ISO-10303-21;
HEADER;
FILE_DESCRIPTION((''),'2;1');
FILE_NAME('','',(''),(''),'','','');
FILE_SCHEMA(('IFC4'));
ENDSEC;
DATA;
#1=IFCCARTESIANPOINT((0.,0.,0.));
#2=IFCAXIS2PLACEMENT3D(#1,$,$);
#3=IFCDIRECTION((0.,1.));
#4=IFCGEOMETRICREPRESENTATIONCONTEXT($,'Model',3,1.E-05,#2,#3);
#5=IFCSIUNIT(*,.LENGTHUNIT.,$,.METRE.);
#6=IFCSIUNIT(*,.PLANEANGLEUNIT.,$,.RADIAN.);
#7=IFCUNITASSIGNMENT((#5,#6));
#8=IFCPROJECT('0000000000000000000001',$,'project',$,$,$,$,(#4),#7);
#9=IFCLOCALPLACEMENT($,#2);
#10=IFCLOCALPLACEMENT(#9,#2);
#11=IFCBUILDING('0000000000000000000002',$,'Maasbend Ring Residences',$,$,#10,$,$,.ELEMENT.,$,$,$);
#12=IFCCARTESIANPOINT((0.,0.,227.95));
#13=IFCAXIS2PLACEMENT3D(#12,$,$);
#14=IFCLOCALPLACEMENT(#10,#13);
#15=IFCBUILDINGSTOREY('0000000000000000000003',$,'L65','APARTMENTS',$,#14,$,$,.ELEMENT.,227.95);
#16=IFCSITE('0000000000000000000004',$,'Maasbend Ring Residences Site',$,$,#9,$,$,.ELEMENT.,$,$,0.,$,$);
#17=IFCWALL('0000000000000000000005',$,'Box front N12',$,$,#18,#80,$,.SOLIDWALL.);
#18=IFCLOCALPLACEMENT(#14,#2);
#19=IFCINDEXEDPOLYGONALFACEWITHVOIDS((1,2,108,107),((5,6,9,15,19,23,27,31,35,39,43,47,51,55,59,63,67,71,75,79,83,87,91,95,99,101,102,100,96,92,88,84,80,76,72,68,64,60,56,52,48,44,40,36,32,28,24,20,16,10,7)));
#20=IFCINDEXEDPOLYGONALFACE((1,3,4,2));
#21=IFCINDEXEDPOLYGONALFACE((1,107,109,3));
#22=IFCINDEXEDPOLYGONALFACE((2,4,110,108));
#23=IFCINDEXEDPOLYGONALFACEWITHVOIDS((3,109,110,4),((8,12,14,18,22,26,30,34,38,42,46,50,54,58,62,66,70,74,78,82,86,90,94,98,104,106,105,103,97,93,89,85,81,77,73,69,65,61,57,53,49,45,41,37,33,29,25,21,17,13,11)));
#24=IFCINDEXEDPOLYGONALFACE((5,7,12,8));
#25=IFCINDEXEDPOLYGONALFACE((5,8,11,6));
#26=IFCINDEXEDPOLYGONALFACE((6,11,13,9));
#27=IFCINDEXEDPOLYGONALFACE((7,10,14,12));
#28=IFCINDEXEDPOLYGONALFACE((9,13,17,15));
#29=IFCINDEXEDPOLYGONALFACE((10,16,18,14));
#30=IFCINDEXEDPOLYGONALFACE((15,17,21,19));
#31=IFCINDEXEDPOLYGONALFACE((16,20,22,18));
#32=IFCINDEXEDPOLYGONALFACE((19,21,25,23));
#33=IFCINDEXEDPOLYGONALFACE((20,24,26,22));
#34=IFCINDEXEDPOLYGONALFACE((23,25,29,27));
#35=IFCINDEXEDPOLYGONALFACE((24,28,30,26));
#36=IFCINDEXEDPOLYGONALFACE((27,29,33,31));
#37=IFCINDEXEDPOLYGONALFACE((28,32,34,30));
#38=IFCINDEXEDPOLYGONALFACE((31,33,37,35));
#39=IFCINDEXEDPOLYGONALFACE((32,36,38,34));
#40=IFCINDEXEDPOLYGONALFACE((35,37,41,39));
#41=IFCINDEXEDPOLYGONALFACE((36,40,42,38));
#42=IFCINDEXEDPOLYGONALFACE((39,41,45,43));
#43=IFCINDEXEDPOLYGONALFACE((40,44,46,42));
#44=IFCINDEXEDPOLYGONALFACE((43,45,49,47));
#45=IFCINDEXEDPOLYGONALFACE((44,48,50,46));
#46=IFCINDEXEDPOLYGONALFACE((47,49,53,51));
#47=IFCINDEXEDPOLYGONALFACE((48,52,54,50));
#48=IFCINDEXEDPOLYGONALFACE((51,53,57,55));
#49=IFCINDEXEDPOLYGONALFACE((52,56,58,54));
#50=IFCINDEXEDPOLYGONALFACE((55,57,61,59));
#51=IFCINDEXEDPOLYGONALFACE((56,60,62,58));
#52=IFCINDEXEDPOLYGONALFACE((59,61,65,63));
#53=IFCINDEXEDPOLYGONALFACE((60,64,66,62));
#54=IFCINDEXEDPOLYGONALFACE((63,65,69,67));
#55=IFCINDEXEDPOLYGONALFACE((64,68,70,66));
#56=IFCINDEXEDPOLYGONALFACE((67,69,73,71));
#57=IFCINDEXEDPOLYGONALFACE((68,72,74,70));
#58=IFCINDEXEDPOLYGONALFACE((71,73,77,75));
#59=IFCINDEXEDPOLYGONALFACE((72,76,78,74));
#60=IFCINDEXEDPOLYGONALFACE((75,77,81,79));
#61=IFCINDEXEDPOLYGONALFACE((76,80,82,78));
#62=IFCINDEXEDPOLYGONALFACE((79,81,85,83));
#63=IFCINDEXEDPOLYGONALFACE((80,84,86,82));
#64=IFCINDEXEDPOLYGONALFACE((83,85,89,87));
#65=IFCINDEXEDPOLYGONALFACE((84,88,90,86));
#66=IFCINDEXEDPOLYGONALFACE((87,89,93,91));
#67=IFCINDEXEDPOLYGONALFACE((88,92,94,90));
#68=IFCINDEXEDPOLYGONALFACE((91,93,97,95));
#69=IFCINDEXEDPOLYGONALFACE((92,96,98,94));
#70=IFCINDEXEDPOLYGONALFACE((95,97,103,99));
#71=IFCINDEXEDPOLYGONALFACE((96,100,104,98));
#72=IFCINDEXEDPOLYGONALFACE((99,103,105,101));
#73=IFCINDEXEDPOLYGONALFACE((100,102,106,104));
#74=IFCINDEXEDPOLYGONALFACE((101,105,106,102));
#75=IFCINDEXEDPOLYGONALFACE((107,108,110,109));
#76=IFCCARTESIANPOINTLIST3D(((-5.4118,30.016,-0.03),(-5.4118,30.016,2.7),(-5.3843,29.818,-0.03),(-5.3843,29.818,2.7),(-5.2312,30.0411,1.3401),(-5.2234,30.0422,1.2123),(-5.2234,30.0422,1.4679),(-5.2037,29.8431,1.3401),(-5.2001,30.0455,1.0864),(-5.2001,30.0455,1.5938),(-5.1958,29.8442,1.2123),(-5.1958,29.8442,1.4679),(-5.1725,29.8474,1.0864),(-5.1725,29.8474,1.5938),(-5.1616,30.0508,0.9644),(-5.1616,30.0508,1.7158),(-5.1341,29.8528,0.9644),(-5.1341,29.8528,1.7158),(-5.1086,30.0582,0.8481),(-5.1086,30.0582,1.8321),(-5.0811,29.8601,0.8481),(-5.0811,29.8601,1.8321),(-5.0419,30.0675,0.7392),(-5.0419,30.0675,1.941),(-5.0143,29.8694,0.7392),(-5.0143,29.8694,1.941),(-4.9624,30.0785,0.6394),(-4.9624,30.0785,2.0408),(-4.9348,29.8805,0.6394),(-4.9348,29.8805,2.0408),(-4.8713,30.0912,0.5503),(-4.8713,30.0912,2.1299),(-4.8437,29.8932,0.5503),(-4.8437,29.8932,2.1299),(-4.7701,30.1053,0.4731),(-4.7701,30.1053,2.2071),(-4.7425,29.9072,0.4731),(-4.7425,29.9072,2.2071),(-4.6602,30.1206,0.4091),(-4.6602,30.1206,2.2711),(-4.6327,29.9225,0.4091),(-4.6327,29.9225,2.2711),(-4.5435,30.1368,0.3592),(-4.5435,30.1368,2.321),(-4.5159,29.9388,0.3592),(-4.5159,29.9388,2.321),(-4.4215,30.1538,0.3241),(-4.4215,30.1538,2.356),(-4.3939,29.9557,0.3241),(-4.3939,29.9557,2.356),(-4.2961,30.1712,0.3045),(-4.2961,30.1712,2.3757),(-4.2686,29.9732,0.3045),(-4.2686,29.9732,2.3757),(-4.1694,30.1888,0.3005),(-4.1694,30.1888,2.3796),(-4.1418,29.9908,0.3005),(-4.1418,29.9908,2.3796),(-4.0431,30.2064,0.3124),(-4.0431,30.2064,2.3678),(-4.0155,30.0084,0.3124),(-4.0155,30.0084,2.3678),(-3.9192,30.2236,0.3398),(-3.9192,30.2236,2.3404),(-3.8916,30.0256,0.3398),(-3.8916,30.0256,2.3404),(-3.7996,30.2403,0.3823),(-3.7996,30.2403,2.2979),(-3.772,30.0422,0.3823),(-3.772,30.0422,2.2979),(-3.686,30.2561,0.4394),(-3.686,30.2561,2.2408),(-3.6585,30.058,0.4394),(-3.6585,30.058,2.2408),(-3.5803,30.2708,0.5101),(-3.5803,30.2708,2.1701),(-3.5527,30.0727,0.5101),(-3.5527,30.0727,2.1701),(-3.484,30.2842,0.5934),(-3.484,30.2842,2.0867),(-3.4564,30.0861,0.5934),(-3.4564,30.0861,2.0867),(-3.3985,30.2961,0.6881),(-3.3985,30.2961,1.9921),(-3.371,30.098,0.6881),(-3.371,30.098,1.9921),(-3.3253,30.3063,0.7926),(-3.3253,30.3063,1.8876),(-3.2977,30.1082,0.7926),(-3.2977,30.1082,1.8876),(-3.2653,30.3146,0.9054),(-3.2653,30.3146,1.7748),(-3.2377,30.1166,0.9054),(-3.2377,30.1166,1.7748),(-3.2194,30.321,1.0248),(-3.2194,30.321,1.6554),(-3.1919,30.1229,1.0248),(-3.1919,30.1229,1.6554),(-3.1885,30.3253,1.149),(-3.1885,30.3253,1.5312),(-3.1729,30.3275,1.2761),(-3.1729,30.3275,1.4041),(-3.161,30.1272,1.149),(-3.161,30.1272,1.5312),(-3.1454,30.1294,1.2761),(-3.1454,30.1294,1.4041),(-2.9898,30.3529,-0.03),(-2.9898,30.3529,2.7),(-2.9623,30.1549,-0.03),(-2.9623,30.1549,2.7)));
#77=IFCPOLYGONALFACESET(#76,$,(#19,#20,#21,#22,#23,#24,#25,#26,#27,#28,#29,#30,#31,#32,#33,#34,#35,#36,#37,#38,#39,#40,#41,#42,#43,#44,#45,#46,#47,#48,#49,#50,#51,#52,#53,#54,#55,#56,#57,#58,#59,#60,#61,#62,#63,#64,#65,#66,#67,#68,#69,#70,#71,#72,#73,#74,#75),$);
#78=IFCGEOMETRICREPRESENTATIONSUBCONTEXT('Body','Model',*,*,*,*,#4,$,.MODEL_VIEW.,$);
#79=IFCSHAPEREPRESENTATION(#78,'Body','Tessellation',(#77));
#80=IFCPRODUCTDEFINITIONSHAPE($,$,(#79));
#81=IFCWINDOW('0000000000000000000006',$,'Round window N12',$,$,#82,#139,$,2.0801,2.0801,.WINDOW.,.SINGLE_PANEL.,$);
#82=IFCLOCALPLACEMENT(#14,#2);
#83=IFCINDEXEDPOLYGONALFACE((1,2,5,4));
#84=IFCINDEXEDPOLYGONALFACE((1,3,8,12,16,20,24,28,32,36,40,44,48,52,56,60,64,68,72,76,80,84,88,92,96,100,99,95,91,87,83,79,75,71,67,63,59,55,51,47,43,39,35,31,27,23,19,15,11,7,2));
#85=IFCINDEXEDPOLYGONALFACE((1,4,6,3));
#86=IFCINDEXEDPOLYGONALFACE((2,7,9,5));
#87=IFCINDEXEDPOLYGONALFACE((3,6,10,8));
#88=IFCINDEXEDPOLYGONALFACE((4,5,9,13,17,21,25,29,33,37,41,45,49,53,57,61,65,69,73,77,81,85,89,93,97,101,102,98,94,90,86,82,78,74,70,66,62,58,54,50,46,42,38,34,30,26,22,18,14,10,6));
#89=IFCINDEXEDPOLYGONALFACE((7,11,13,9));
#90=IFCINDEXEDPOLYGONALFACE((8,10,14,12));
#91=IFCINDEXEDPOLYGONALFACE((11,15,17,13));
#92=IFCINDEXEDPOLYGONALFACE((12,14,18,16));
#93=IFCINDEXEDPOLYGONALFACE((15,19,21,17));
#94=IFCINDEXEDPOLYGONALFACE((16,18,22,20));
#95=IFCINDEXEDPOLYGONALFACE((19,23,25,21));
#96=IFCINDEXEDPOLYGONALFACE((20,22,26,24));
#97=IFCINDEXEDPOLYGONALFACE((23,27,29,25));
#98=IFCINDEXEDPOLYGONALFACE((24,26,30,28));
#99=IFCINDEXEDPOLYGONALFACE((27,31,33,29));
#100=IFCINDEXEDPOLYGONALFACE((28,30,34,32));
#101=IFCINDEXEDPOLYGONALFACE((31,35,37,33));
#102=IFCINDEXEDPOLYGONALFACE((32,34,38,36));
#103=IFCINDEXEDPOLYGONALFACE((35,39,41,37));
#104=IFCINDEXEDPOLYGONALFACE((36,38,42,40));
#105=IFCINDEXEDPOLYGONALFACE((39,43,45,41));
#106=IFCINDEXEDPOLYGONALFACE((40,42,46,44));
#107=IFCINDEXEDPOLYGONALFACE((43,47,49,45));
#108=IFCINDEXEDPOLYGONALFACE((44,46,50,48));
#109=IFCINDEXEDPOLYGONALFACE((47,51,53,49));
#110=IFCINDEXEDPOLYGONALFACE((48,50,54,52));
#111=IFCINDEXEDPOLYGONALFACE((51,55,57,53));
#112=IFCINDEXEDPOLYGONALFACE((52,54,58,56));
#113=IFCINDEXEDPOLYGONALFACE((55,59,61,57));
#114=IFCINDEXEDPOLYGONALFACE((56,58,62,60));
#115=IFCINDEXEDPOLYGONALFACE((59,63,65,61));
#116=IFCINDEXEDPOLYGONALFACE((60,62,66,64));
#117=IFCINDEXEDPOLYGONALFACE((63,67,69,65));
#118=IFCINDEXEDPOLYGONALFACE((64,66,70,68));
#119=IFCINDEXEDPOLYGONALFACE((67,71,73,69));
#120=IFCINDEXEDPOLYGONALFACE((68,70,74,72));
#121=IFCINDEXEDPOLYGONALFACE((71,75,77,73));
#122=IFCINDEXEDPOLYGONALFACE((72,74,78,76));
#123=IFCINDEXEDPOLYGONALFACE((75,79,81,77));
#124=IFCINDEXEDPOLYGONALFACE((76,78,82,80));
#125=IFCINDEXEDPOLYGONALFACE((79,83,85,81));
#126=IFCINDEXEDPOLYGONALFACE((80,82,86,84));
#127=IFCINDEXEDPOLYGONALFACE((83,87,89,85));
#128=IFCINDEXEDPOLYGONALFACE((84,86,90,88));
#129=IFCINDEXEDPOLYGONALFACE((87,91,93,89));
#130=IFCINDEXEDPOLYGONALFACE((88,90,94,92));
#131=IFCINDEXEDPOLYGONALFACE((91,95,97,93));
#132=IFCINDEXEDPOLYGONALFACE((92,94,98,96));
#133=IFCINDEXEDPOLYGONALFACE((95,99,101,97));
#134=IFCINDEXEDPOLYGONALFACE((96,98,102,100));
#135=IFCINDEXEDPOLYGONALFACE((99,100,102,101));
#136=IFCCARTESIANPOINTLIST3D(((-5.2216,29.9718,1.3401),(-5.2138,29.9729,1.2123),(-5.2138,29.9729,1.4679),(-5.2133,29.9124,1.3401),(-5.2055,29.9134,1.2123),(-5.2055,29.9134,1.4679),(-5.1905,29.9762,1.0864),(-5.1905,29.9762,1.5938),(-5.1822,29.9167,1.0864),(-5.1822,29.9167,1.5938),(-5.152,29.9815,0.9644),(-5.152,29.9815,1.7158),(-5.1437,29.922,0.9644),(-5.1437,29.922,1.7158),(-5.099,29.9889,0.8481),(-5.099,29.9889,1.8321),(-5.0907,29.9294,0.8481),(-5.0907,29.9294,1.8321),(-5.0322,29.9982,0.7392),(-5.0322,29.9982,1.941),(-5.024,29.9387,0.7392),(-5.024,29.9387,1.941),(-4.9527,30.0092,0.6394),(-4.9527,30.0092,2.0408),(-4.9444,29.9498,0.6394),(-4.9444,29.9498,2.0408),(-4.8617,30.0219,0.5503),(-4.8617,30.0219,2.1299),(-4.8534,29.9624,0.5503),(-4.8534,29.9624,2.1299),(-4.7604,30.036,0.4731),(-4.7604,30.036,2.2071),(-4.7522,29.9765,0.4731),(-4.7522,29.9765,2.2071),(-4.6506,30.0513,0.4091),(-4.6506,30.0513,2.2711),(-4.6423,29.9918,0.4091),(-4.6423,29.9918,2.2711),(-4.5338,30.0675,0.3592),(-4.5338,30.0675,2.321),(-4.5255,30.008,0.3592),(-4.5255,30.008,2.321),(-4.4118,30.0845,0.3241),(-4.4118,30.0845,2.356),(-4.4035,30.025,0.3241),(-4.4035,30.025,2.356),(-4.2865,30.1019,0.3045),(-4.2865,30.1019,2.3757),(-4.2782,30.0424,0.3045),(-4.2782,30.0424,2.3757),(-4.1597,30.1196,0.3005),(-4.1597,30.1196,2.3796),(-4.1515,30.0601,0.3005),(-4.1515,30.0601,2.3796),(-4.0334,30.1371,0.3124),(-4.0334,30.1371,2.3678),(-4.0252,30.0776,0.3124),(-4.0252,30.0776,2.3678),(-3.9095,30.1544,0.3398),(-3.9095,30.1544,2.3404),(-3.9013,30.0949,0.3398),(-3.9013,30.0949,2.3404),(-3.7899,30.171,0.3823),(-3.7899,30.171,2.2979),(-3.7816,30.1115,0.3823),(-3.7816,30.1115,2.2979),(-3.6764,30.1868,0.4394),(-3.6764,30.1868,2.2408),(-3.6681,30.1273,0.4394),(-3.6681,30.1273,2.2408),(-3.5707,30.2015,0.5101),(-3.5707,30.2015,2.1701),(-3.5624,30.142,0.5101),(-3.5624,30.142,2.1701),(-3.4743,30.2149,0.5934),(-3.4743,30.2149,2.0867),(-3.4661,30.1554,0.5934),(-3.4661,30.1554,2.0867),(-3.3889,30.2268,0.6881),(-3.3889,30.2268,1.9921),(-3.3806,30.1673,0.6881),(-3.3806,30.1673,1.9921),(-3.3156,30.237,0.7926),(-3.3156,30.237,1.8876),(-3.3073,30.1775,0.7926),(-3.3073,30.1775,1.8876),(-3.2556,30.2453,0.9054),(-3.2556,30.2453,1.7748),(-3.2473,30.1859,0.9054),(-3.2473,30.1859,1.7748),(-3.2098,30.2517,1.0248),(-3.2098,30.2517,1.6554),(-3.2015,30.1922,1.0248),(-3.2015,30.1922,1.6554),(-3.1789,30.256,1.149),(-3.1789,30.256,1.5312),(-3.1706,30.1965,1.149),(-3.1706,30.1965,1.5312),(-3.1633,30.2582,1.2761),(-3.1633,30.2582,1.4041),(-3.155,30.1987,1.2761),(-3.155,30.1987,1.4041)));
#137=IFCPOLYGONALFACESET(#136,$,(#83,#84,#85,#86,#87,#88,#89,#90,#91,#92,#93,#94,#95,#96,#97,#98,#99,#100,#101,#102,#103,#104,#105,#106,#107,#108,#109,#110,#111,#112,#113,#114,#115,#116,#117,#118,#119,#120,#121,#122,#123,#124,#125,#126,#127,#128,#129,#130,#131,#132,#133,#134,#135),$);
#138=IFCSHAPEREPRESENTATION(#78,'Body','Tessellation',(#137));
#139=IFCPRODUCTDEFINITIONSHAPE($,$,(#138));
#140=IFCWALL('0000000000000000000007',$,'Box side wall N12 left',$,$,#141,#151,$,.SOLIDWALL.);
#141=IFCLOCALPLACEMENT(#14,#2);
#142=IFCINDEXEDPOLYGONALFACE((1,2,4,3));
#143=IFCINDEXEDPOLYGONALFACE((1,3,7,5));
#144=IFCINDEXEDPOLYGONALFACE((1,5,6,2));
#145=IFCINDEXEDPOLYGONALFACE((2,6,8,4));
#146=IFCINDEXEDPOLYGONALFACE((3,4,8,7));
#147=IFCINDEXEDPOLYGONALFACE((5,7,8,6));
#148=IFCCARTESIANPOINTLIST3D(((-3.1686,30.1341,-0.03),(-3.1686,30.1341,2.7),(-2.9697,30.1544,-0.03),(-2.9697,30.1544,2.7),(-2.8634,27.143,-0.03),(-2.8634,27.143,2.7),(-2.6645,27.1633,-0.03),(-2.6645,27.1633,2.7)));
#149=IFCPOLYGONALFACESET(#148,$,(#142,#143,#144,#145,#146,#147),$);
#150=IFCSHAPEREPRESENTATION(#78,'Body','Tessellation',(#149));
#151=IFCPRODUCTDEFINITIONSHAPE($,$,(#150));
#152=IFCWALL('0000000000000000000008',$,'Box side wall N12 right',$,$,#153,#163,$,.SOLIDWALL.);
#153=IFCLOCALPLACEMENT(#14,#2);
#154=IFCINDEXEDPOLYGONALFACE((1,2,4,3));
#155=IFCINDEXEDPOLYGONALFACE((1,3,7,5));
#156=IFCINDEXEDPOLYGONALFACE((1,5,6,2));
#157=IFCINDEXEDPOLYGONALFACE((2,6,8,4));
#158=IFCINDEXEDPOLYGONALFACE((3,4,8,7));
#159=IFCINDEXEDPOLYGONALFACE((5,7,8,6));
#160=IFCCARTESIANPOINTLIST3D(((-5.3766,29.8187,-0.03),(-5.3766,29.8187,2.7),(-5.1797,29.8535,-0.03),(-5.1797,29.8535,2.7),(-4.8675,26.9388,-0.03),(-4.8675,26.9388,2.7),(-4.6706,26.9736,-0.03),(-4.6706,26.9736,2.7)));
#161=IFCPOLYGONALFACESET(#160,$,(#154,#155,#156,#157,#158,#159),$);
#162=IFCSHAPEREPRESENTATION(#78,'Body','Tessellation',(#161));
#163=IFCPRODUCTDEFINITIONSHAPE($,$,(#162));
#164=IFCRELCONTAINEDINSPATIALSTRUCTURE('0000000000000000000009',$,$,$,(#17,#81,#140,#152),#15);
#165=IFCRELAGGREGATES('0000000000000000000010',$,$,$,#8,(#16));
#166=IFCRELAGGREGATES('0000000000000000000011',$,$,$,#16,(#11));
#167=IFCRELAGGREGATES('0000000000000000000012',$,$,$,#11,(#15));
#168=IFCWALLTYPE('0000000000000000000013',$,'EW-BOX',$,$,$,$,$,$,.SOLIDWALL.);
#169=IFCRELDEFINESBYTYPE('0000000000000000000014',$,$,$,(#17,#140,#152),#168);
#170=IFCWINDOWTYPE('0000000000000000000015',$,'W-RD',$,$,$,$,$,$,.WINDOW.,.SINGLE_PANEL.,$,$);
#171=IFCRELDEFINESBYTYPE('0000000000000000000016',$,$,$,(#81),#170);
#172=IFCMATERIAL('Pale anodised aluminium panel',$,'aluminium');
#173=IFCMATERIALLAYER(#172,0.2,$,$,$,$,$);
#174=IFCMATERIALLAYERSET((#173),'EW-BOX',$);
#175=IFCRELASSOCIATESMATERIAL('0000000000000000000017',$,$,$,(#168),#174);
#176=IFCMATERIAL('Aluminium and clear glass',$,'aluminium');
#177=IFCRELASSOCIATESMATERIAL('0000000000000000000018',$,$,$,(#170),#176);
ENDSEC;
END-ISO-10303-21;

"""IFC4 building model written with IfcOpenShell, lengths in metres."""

from ifc_helpers import new_model, si_unit, direction, frame, frame_2d, origin, place, context, subcontext, project, spatial, rectangle, circle, extrude, material, layer, layer_set, type_object, element, fill, save


model = new_model("IFC4")

# Units and contexts
model_context = context("Model", 3, precision=1e-05, world=origin(), true_north=direction((0.0, 1.0)))
body_context = subcontext(model_context, "Body", "Model", "MODEL_VIEW")
ifc_project = project(units=[si_unit("LENGTHUNIT", "METRE"), si_unit("PLANEANGLEUNIT", "RADIAN")], contexts=[model_context])

# Site, building, storey
site_placement = place(None, origin())
site = spatial("IfcSite", under=ifc_project, at=site_placement, Name="Maasbend Ring Residences Site", CompositionType="ELEMENT", RefElevation=0.0)
building_placement = place(site_placement, origin())
building = spatial("IfcBuilding", under=site, at=building_placement, Name="Maasbend Ring Residences", CompositionType="ELEMENT")
storey_placement = place(building_placement, frame((0.0, 0.0, 227.95)))
storey = spatial("IfcBuildingStorey", under=building, at=storey_placement, Name="L65", Description="APARTMENTS", CompositionType="ELEMENT", Elevation=227.95)

# Wall, opening, window
ifc_material_1 = material(Name="Pale anodised aluminium panel", Category="aluminium")
ifc_layer_1 = layer(ifc_material_1, 0.2)
ifc_layer_set_1 = layer_set([ifc_layer_1], Name="EW-BOX")
wall_type_1 = type_object("IfcWallType", Name="EW-BOX", PredefinedType="SOLIDWALL", material=ifc_layer_set_1)
wall_1_placement = place(storey_placement, frame((-2.9761, 30.2539, -0.03), z_axis=(0.0, 0.0, 1.0), x_axis=(-0.990462, -0.137786, 0.0)))
wall_1 = element("IfcWall", 1, at=wall_1_placement, inside=storey, type_object=wall_type_1, Name="Box front N12", PredefinedType="SOLIDWALL", context=body_context, shape_type="SweptSolid", body=[
    extrude(rectangle(XDim=2.4453, YDim=0.2, at=frame_2d((1.2227, 0.0))), origin(), (0.0, 0.0, 1.0), 2.73),
])
opening_1_placement = place(wall_1_placement, frame((0.1829, 0.0, 0.3301)))
opening_1 = element("IfcOpeningElement", 2, at=opening_1_placement, cuts=wall_1, PredefinedType="OPENING", context=body_context, shape_type="SweptSolid", body=[
    extrude(circle(Radius=1.04, at=frame_2d((1.04, 1.04))), frame((0.0, 0.1099, 0.0), z_axis=(0.0, -1.0, 0.0), x_axis=(1.0, 0.0, 0.0)), (0.0, 0.0, 1.0), 0.22),
])
ifc_material_2 = material(Name="Aluminium and clear glass", Category="aluminium")
window_type_1 = type_object("IfcWindowType", Name="W-RD", PartitioningType="SINGLE_PANEL", PredefinedType="WINDOW", material=ifc_material_2)
window_1_placement = place(opening_1_placement, origin())
window_1 = element("IfcWindow", 3, at=window_1_placement, inside=storey, type_object=window_type_1, Name="Round window N12", OverallHeight=2.0801, OverallWidth=2.0801, PartitioningType="SINGLE_PANEL", PredefinedType="WINDOW", context=body_context, shape_type="SweptSolid", body=[
    extrude(circle(Radius=1.04, at=frame_2d((1.04, 1.04))), frame((0.0, 0.03, 0.0), z_axis=(0.0, -1.0, 0.0), x_axis=(1.0, 0.0, 0.0)), (0.0, 0.0, 1.0), 0.0601),
])
fill(opening_1, window_1)

# Walls
wall_2_placement = place(storey_placement, frame((-2.7639, 27.1531, -0.03), z_axis=(0.0, 0.0, 1.0), x_axis=(-0.101505, 0.994835, 0.0)))
element("IfcWall", 4, at=wall_2_placement, inside=storey, type_object=wall_type_1, Name="Box side wall N12 left", PredefinedType="SOLIDWALL", context=body_context, shape_type="SweptSolid", body=[
    extrude(rectangle(XDim=3.0066, YDim=0.2, at=frame_2d((1.5034, 0.0))), origin(), (0.0, 0.0, 1.0), 2.73),
])
wall_3_placement = place(storey_placement, frame((-4.769, 26.9561, -0.03), z_axis=(0.0, 0.0, 1.0), x_axis=(-0.174057, 0.984736, 0.0)))
element("IfcWall", 5, at=wall_3_placement, inside=storey, type_object=wall_type_1, Name="Box side wall N12 right", PredefinedType="SOLIDWALL", context=body_context, shape_type="SweptSolid", body=[
    extrude(rectangle(XDim=2.9246, YDim=0.2, at=frame_2d((1.4624, 0.0))), origin(), (0.0, 0.0, 1.0), 2.73),
])

save(model, "model.ifc")
